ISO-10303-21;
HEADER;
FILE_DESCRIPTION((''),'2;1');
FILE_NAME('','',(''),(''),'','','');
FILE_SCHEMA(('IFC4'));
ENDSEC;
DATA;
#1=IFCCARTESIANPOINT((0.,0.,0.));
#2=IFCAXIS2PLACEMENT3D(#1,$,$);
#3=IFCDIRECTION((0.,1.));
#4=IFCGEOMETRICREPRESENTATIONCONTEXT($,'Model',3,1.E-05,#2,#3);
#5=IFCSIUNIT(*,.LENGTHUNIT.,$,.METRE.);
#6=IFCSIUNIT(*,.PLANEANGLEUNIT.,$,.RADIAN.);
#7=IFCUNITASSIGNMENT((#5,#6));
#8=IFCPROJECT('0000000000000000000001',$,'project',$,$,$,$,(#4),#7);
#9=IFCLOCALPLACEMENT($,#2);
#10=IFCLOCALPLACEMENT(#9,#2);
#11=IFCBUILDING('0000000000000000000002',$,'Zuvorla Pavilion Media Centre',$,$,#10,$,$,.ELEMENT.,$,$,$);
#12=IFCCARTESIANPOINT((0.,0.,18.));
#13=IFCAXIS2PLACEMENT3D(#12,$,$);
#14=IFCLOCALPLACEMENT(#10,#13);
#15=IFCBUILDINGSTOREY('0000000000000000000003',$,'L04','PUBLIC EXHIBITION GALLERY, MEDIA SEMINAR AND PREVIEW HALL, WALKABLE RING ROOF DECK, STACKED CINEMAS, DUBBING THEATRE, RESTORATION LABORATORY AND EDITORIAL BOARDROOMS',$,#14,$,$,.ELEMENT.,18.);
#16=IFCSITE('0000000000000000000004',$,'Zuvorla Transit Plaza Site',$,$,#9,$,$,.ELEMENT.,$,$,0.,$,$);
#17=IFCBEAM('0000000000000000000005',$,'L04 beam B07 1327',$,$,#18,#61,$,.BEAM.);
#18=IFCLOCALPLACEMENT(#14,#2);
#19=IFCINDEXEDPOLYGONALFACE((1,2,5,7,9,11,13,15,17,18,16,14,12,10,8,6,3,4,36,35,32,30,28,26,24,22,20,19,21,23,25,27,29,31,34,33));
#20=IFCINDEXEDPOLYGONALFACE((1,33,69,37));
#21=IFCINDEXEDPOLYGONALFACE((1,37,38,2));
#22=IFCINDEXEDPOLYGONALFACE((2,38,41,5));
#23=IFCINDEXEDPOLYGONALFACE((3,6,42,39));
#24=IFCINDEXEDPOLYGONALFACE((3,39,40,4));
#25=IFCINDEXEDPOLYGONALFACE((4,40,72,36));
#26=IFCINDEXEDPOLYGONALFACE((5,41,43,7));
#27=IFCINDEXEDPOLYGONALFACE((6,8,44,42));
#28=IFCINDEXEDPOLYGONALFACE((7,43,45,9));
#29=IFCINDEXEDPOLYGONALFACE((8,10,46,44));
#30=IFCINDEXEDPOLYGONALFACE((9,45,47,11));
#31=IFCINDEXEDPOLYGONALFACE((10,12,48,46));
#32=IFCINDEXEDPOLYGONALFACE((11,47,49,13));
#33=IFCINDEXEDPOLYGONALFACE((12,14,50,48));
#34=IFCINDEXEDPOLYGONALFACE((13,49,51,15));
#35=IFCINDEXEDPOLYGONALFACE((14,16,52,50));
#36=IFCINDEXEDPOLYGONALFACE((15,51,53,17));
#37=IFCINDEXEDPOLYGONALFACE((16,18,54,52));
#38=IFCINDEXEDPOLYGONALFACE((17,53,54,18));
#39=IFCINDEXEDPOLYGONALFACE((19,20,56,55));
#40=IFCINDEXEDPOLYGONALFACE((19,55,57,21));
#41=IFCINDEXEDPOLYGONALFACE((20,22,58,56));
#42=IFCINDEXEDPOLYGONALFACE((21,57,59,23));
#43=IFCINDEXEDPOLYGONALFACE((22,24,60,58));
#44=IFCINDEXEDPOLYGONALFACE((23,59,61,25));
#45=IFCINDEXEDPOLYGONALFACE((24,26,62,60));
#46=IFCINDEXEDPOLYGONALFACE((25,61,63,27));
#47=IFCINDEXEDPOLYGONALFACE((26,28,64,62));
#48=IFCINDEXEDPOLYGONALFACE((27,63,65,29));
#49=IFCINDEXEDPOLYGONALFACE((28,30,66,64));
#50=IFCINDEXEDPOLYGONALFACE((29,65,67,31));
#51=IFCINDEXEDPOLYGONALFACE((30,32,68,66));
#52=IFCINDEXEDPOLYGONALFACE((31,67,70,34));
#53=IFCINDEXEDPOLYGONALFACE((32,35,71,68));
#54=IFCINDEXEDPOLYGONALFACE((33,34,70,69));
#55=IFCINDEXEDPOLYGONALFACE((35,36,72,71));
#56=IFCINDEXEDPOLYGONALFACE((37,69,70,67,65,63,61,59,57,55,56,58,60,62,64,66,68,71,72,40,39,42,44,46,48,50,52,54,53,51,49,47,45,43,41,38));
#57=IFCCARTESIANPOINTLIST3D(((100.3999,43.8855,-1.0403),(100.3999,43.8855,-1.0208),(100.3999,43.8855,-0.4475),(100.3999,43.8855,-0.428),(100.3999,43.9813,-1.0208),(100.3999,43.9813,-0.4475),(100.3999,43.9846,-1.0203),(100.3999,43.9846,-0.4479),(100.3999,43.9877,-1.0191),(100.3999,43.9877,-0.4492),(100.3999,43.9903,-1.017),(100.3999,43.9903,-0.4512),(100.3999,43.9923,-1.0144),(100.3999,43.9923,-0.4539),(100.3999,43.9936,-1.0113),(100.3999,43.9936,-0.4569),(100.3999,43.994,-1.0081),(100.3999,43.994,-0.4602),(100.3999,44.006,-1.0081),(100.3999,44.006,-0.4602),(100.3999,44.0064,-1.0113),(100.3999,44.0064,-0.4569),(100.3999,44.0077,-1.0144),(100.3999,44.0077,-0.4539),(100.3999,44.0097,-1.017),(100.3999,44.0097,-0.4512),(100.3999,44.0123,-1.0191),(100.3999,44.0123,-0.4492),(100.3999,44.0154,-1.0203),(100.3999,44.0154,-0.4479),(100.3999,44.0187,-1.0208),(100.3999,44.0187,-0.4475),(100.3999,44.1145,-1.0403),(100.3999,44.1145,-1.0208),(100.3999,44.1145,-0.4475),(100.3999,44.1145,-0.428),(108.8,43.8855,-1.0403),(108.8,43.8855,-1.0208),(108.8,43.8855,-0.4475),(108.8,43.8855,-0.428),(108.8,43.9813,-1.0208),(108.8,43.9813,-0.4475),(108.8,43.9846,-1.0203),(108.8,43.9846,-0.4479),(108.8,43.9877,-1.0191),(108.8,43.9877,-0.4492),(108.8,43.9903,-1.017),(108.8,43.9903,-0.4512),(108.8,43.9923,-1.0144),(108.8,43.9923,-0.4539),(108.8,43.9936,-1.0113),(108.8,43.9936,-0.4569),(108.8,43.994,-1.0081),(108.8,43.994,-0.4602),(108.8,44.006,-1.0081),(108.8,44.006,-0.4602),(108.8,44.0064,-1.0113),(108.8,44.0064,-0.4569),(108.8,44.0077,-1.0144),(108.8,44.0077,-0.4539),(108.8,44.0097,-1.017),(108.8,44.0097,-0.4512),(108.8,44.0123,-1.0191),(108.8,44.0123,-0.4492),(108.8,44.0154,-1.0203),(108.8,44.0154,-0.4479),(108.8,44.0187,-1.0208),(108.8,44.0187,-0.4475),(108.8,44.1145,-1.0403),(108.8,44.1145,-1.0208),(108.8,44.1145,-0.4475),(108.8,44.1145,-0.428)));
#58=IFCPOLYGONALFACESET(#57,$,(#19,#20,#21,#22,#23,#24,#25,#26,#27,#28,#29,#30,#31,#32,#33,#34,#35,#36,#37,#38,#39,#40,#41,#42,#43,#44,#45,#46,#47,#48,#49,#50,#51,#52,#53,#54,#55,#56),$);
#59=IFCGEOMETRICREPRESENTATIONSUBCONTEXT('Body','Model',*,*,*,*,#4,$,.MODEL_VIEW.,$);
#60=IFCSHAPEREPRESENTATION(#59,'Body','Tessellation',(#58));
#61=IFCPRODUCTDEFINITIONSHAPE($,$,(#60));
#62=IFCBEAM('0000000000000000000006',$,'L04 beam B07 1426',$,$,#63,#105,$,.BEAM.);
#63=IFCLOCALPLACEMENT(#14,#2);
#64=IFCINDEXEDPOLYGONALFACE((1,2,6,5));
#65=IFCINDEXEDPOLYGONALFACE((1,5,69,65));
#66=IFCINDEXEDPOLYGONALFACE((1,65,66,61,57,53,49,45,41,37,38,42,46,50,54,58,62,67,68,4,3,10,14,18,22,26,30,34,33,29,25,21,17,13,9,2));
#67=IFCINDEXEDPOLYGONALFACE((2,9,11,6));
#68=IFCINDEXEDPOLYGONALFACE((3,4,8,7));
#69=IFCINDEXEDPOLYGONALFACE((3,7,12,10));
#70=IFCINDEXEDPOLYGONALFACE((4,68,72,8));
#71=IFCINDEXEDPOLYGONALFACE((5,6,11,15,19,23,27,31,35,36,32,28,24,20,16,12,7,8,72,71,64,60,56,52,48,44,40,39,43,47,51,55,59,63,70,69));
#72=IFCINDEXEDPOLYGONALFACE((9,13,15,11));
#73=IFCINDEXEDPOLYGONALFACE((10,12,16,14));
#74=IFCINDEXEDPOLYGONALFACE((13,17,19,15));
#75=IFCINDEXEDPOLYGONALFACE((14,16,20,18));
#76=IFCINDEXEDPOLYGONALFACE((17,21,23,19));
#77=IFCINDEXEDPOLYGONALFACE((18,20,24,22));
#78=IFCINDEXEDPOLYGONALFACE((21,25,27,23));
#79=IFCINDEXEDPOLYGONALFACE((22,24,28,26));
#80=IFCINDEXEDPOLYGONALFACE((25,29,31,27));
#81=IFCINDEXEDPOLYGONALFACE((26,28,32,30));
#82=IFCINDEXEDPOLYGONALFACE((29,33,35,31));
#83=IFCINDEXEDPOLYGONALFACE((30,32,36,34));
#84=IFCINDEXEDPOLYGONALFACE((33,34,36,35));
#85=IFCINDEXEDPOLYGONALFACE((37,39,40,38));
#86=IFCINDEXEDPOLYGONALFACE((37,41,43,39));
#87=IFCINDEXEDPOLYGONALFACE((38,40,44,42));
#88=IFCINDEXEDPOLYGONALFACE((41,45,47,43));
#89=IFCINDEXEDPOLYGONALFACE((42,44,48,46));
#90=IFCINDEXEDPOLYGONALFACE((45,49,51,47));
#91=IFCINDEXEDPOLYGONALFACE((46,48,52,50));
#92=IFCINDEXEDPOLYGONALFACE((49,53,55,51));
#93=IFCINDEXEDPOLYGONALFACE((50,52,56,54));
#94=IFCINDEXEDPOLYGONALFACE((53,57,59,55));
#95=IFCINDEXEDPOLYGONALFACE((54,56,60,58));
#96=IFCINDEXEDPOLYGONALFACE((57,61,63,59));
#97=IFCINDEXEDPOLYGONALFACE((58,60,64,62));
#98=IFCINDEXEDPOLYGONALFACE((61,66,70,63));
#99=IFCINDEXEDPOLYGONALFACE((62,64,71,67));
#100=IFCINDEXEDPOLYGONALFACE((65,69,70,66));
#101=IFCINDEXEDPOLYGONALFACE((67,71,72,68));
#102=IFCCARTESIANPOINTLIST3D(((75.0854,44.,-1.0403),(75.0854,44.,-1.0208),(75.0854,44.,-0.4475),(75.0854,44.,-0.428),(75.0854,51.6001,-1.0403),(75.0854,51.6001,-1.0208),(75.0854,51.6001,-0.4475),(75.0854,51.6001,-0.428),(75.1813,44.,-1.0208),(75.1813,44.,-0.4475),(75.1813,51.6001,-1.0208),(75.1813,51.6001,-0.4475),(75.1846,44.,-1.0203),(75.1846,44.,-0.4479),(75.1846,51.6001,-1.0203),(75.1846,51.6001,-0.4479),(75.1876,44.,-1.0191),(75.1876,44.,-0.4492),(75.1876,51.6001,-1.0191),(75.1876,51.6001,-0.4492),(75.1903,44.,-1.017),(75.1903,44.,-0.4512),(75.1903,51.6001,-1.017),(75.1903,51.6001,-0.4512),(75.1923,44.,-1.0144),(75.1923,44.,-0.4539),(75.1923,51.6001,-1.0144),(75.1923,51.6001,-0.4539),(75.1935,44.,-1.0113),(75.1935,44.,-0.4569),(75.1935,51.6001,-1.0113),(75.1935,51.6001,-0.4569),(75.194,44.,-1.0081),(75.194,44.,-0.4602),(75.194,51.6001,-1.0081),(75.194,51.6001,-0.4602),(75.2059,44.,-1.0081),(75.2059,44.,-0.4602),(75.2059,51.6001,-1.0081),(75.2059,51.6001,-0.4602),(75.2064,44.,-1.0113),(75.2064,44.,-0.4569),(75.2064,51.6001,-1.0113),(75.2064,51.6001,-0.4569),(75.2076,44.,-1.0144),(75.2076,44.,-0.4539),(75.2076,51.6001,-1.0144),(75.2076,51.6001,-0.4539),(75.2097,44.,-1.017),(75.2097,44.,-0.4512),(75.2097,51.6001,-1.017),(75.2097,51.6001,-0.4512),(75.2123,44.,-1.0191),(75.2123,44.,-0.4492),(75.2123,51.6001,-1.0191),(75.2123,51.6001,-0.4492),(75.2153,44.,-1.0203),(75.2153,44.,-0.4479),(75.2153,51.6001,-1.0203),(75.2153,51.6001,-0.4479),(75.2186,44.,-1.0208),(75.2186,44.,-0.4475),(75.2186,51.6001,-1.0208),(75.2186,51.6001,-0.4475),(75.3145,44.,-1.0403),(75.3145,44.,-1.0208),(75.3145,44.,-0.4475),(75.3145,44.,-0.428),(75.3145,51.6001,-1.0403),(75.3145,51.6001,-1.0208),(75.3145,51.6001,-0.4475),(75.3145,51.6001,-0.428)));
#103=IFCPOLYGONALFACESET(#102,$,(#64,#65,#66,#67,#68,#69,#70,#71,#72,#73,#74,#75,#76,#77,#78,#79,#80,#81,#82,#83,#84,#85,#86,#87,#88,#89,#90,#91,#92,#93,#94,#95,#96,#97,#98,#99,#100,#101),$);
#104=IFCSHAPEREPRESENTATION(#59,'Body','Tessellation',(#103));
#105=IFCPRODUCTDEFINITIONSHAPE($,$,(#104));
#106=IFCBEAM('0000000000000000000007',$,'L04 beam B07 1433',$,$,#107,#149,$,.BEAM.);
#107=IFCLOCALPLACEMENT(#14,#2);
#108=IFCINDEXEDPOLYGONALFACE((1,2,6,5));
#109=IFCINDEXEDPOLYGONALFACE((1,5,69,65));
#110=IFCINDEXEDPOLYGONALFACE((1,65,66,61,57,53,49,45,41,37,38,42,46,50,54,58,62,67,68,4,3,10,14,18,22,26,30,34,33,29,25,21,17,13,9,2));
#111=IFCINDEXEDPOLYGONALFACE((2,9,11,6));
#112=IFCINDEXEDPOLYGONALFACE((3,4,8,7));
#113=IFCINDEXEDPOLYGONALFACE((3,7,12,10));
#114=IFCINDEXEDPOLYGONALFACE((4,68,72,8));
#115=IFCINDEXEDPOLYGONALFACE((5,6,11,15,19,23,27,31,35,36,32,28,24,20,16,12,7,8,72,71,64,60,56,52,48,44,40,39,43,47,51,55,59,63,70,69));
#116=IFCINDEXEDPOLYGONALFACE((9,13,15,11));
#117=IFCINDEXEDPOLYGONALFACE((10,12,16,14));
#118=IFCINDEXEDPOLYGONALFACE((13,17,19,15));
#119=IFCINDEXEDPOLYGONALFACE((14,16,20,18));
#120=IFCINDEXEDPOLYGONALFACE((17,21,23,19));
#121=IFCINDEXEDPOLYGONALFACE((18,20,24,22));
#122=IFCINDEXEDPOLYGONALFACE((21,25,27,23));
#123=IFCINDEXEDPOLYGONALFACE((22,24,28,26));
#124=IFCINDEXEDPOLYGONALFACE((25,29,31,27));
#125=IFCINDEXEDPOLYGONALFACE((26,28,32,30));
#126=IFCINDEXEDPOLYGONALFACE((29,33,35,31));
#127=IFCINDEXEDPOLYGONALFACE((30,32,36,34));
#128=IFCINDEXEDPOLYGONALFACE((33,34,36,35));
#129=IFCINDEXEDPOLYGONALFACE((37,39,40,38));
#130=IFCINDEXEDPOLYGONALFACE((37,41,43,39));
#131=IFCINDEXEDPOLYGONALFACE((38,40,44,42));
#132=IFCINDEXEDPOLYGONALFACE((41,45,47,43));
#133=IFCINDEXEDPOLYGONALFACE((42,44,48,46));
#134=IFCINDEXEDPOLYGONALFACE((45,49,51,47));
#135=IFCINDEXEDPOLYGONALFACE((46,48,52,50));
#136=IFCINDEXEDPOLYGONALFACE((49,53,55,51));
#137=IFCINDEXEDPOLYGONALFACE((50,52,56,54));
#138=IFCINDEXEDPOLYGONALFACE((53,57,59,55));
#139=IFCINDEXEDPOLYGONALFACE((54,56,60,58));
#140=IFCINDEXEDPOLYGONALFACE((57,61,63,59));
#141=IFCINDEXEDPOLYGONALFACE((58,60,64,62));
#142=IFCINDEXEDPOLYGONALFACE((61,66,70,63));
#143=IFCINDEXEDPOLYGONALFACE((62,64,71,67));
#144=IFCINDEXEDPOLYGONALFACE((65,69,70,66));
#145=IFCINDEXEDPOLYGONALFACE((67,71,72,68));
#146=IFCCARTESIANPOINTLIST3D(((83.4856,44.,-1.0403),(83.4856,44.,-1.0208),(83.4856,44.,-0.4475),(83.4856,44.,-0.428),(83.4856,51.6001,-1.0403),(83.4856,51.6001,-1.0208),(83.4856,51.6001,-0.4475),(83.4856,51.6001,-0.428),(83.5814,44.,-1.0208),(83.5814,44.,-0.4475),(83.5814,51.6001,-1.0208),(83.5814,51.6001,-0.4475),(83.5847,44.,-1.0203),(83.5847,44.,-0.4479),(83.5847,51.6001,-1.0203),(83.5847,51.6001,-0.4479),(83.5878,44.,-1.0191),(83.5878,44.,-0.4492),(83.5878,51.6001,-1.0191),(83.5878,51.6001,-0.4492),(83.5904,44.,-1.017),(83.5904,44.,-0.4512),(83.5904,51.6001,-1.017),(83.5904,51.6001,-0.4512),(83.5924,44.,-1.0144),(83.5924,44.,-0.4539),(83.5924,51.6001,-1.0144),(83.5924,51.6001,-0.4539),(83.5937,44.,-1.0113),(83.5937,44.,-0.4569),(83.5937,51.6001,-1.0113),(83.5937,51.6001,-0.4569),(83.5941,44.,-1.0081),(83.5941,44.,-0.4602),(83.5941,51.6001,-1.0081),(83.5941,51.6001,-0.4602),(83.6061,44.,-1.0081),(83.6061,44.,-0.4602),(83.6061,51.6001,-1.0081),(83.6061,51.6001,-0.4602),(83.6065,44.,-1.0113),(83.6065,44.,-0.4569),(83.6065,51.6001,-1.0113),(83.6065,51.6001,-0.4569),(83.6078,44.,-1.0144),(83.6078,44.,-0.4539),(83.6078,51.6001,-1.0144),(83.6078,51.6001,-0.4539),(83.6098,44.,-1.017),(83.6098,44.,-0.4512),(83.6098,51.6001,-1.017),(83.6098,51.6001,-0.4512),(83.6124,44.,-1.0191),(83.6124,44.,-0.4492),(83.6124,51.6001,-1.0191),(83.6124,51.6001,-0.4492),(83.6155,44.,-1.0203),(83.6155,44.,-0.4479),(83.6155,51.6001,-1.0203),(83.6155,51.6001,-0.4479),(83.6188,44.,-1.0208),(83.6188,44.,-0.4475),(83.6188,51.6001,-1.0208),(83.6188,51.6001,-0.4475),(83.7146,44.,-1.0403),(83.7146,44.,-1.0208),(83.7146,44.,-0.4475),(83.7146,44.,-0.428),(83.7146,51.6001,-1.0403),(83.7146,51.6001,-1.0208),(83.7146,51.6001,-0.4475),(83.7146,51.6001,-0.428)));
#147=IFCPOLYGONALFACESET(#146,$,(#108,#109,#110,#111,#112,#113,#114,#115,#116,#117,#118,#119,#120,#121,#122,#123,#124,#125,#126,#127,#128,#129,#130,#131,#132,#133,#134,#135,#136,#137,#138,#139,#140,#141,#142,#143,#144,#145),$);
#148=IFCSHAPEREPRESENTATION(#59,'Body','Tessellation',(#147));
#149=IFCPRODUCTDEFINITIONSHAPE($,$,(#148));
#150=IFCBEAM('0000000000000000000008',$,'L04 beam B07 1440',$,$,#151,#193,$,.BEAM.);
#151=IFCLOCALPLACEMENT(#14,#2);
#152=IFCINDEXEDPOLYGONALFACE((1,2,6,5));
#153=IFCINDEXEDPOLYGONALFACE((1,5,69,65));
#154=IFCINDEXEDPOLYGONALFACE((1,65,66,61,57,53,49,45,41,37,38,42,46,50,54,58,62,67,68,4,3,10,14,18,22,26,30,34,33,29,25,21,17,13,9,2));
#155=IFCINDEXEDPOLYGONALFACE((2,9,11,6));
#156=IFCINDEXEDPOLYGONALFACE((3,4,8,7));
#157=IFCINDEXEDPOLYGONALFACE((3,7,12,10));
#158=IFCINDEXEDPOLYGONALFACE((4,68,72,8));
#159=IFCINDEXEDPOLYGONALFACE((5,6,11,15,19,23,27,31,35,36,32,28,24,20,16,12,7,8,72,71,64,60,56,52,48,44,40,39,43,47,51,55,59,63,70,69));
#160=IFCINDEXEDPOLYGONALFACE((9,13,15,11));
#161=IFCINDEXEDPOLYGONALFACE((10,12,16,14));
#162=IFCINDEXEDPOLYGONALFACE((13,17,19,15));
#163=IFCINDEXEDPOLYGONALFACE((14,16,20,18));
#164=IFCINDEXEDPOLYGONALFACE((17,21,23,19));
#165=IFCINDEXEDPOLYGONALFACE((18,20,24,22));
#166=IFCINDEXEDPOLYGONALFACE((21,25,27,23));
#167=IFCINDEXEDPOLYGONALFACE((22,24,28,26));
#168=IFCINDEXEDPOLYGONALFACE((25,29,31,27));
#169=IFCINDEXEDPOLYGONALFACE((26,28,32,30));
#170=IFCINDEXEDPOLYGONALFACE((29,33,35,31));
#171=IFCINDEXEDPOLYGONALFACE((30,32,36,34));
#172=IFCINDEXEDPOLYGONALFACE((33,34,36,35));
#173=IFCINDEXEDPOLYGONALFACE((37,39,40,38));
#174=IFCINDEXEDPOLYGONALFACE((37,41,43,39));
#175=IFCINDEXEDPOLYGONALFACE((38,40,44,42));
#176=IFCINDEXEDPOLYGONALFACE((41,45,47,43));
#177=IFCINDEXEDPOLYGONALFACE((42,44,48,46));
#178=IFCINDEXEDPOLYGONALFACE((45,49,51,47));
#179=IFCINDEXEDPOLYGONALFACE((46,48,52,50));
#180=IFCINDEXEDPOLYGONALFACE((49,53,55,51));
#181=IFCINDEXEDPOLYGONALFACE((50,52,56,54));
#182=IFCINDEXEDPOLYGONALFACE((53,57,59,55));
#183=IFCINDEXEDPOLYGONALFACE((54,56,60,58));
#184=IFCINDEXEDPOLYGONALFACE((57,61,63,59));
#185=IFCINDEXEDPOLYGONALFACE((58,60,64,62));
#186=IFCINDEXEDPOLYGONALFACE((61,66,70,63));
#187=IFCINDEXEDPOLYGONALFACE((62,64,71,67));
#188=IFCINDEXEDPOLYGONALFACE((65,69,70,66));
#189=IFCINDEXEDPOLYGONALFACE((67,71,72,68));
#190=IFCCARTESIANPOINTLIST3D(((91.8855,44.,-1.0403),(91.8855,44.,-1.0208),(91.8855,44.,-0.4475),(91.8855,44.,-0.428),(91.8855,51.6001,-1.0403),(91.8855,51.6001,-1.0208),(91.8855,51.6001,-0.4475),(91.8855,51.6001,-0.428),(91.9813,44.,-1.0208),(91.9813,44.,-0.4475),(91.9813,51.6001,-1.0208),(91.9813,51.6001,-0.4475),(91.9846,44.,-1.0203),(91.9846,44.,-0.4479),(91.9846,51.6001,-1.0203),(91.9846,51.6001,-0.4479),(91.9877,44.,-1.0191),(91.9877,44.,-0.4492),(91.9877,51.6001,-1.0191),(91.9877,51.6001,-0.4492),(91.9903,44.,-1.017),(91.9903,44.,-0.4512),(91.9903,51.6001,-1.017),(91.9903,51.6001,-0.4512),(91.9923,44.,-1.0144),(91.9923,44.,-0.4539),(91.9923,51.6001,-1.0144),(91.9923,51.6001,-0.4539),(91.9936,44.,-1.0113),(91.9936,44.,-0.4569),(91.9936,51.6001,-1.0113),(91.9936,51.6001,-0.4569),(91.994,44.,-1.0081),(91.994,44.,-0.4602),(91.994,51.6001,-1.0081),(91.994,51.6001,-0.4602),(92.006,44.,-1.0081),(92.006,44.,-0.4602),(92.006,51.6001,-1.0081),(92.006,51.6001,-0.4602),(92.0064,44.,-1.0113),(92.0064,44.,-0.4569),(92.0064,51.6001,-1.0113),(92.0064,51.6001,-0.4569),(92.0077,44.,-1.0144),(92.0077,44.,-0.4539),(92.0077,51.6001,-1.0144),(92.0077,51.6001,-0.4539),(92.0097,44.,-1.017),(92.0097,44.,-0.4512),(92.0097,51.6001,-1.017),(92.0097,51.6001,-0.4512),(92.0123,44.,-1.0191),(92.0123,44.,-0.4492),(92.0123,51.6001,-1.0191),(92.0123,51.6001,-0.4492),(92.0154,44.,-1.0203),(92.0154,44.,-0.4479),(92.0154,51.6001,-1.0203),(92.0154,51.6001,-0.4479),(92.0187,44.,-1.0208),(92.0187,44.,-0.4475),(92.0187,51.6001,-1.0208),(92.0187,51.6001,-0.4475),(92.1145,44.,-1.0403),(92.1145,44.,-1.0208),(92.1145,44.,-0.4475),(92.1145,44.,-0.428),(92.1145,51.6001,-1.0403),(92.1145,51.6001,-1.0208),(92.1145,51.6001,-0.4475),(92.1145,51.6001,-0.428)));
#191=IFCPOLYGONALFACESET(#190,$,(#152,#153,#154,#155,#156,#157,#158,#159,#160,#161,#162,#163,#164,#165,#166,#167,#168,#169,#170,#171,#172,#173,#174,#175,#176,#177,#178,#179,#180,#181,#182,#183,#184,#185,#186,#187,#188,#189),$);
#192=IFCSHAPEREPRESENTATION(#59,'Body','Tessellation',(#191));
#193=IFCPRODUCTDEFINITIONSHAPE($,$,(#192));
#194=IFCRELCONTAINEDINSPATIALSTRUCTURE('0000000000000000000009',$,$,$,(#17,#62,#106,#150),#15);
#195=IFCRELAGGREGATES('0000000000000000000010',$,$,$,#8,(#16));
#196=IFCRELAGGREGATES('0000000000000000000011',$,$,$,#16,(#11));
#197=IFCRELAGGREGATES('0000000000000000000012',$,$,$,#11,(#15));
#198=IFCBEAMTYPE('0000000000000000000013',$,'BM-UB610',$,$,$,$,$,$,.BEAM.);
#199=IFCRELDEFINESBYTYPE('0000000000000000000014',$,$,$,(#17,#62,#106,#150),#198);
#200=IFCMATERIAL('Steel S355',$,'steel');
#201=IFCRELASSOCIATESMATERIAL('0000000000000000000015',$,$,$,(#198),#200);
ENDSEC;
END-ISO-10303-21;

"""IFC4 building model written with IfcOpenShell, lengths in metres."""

from ifc_helpers import new_model, si_unit, direction, frame, origin, origin_2d, place, context, subcontext, project, spatial, i_section, extrude, material, material_profile, profile_set, type_object, element, save


model = new_model("IFC4")

# Units and contexts
model_context = context("Model", 3, precision=1e-05, world=origin(), true_north=direction((0.0, 1.0)))
body_context = subcontext(model_context, "Body", "Model", "MODEL_VIEW")
ifc_project = project(units=[si_unit("LENGTHUNIT", "METRE"), si_unit("PLANEANGLEUNIT", "RADIAN")], contexts=[model_context])

# Site, building, storey
site_placement = place(None, origin())
site = spatial("IfcSite", under=ifc_project, at=site_placement, Name="Zuvorla Transit Plaza Site", CompositionType="ELEMENT", RefElevation=0.0)
building_placement = place(site_placement, origin())
building = spatial("IfcBuilding", under=site, at=building_placement, Name="Zuvorla Pavilion Media Centre", CompositionType="ELEMENT")
storey_placement = place(building_placement, frame((0.0, 0.0, 18.0)))
storey = spatial("IfcBuildingStorey", under=building, at=storey_placement, Name="L04", Description="PUBLIC EXHIBITION GALLERY, MEDIA SEMINAR AND PREVIEW HALL, WALKABLE RING ROOF DECK, STACKED CINEMAS, DUBBING THEATRE, RESTORATION LABORATORY AND EDITORIAL BOARDROOMS", CompositionType="ELEMENT", Elevation=18.0)

# Beams
ifc_material_1 = material(Name="Steel S355", Category="steel")
ifc_material_profile_1 = material_profile(ifc_material_1, i_section(OverallWidth=0.229, OverallDepth=0.6123, WebThickness=0.012, FlangeThickness=0.0195, FilletRadius=0.0127, at=origin_2d()), Name="UB 610x229x125")
ifc_profile_set_1 = profile_set([ifc_material_profile_1], Name="Steel S355")
beam_type_1 = type_object("IfcBeamType", Name="BM-UB610", PredefinedType="BEAM", material=ifc_profile_set_1)
beam_1_placement = place(storey_placement, frame((100.3999, 44.0, -0.7341), z_axis=(1.0, 0.0, 0.0), x_axis=(0.0, 1.0, 0.0)))
element("IfcBeam", 1, at=beam_1_placement, inside=storey, type_object=beam_type_1, Name="L04 beam B07 1327", PredefinedType="BEAM", context=body_context, shape_type="SweptSolid", body=[
    extrude(i_section(OverallWidth=0.229, OverallDepth=0.6123, WebThickness=0.012, FlangeThickness=0.0195, FilletRadius=0.0127, at=origin_2d()), origin(), (0.0, 0.0, 1.0), 8.4001),
])
for number, where, z_axis, x_axis, name in (
    (2, (75.2, 44.0, -0.7341), (0.0, 1.0, 0.0), (-1.0, 0.0, 0.0), "L04 beam B07 1426"),
    (3, (83.6001, 44.0, -0.7341), (0.0, 1.0, 0.0), (-1.0, 0.0, 0.0), "L04 beam B07 1433"),
    (4, (92.0, 44.0, -0.7341), (0.0, 1.0, 0.0), (-1.0, 0.0, 0.0), "L04 beam B07 1440"),
):
    element("IfcBeam", number, at=place(storey_placement, frame(where, z_axis=z_axis, x_axis=x_axis)), inside=storey, type_object=beam_type_1, Name=name, PredefinedType="BEAM", context=body_context, shape_type="SweptSolid", body=[
        extrude(i_section(OverallWidth=0.229, OverallDepth=0.6123, WebThickness=0.012, FlangeThickness=0.0195, FilletRadius=0.0127, at=origin_2d()), origin(), (0.0, 0.0, 1.0), 7.6001),
    ])

save(model, "model.ifc")
